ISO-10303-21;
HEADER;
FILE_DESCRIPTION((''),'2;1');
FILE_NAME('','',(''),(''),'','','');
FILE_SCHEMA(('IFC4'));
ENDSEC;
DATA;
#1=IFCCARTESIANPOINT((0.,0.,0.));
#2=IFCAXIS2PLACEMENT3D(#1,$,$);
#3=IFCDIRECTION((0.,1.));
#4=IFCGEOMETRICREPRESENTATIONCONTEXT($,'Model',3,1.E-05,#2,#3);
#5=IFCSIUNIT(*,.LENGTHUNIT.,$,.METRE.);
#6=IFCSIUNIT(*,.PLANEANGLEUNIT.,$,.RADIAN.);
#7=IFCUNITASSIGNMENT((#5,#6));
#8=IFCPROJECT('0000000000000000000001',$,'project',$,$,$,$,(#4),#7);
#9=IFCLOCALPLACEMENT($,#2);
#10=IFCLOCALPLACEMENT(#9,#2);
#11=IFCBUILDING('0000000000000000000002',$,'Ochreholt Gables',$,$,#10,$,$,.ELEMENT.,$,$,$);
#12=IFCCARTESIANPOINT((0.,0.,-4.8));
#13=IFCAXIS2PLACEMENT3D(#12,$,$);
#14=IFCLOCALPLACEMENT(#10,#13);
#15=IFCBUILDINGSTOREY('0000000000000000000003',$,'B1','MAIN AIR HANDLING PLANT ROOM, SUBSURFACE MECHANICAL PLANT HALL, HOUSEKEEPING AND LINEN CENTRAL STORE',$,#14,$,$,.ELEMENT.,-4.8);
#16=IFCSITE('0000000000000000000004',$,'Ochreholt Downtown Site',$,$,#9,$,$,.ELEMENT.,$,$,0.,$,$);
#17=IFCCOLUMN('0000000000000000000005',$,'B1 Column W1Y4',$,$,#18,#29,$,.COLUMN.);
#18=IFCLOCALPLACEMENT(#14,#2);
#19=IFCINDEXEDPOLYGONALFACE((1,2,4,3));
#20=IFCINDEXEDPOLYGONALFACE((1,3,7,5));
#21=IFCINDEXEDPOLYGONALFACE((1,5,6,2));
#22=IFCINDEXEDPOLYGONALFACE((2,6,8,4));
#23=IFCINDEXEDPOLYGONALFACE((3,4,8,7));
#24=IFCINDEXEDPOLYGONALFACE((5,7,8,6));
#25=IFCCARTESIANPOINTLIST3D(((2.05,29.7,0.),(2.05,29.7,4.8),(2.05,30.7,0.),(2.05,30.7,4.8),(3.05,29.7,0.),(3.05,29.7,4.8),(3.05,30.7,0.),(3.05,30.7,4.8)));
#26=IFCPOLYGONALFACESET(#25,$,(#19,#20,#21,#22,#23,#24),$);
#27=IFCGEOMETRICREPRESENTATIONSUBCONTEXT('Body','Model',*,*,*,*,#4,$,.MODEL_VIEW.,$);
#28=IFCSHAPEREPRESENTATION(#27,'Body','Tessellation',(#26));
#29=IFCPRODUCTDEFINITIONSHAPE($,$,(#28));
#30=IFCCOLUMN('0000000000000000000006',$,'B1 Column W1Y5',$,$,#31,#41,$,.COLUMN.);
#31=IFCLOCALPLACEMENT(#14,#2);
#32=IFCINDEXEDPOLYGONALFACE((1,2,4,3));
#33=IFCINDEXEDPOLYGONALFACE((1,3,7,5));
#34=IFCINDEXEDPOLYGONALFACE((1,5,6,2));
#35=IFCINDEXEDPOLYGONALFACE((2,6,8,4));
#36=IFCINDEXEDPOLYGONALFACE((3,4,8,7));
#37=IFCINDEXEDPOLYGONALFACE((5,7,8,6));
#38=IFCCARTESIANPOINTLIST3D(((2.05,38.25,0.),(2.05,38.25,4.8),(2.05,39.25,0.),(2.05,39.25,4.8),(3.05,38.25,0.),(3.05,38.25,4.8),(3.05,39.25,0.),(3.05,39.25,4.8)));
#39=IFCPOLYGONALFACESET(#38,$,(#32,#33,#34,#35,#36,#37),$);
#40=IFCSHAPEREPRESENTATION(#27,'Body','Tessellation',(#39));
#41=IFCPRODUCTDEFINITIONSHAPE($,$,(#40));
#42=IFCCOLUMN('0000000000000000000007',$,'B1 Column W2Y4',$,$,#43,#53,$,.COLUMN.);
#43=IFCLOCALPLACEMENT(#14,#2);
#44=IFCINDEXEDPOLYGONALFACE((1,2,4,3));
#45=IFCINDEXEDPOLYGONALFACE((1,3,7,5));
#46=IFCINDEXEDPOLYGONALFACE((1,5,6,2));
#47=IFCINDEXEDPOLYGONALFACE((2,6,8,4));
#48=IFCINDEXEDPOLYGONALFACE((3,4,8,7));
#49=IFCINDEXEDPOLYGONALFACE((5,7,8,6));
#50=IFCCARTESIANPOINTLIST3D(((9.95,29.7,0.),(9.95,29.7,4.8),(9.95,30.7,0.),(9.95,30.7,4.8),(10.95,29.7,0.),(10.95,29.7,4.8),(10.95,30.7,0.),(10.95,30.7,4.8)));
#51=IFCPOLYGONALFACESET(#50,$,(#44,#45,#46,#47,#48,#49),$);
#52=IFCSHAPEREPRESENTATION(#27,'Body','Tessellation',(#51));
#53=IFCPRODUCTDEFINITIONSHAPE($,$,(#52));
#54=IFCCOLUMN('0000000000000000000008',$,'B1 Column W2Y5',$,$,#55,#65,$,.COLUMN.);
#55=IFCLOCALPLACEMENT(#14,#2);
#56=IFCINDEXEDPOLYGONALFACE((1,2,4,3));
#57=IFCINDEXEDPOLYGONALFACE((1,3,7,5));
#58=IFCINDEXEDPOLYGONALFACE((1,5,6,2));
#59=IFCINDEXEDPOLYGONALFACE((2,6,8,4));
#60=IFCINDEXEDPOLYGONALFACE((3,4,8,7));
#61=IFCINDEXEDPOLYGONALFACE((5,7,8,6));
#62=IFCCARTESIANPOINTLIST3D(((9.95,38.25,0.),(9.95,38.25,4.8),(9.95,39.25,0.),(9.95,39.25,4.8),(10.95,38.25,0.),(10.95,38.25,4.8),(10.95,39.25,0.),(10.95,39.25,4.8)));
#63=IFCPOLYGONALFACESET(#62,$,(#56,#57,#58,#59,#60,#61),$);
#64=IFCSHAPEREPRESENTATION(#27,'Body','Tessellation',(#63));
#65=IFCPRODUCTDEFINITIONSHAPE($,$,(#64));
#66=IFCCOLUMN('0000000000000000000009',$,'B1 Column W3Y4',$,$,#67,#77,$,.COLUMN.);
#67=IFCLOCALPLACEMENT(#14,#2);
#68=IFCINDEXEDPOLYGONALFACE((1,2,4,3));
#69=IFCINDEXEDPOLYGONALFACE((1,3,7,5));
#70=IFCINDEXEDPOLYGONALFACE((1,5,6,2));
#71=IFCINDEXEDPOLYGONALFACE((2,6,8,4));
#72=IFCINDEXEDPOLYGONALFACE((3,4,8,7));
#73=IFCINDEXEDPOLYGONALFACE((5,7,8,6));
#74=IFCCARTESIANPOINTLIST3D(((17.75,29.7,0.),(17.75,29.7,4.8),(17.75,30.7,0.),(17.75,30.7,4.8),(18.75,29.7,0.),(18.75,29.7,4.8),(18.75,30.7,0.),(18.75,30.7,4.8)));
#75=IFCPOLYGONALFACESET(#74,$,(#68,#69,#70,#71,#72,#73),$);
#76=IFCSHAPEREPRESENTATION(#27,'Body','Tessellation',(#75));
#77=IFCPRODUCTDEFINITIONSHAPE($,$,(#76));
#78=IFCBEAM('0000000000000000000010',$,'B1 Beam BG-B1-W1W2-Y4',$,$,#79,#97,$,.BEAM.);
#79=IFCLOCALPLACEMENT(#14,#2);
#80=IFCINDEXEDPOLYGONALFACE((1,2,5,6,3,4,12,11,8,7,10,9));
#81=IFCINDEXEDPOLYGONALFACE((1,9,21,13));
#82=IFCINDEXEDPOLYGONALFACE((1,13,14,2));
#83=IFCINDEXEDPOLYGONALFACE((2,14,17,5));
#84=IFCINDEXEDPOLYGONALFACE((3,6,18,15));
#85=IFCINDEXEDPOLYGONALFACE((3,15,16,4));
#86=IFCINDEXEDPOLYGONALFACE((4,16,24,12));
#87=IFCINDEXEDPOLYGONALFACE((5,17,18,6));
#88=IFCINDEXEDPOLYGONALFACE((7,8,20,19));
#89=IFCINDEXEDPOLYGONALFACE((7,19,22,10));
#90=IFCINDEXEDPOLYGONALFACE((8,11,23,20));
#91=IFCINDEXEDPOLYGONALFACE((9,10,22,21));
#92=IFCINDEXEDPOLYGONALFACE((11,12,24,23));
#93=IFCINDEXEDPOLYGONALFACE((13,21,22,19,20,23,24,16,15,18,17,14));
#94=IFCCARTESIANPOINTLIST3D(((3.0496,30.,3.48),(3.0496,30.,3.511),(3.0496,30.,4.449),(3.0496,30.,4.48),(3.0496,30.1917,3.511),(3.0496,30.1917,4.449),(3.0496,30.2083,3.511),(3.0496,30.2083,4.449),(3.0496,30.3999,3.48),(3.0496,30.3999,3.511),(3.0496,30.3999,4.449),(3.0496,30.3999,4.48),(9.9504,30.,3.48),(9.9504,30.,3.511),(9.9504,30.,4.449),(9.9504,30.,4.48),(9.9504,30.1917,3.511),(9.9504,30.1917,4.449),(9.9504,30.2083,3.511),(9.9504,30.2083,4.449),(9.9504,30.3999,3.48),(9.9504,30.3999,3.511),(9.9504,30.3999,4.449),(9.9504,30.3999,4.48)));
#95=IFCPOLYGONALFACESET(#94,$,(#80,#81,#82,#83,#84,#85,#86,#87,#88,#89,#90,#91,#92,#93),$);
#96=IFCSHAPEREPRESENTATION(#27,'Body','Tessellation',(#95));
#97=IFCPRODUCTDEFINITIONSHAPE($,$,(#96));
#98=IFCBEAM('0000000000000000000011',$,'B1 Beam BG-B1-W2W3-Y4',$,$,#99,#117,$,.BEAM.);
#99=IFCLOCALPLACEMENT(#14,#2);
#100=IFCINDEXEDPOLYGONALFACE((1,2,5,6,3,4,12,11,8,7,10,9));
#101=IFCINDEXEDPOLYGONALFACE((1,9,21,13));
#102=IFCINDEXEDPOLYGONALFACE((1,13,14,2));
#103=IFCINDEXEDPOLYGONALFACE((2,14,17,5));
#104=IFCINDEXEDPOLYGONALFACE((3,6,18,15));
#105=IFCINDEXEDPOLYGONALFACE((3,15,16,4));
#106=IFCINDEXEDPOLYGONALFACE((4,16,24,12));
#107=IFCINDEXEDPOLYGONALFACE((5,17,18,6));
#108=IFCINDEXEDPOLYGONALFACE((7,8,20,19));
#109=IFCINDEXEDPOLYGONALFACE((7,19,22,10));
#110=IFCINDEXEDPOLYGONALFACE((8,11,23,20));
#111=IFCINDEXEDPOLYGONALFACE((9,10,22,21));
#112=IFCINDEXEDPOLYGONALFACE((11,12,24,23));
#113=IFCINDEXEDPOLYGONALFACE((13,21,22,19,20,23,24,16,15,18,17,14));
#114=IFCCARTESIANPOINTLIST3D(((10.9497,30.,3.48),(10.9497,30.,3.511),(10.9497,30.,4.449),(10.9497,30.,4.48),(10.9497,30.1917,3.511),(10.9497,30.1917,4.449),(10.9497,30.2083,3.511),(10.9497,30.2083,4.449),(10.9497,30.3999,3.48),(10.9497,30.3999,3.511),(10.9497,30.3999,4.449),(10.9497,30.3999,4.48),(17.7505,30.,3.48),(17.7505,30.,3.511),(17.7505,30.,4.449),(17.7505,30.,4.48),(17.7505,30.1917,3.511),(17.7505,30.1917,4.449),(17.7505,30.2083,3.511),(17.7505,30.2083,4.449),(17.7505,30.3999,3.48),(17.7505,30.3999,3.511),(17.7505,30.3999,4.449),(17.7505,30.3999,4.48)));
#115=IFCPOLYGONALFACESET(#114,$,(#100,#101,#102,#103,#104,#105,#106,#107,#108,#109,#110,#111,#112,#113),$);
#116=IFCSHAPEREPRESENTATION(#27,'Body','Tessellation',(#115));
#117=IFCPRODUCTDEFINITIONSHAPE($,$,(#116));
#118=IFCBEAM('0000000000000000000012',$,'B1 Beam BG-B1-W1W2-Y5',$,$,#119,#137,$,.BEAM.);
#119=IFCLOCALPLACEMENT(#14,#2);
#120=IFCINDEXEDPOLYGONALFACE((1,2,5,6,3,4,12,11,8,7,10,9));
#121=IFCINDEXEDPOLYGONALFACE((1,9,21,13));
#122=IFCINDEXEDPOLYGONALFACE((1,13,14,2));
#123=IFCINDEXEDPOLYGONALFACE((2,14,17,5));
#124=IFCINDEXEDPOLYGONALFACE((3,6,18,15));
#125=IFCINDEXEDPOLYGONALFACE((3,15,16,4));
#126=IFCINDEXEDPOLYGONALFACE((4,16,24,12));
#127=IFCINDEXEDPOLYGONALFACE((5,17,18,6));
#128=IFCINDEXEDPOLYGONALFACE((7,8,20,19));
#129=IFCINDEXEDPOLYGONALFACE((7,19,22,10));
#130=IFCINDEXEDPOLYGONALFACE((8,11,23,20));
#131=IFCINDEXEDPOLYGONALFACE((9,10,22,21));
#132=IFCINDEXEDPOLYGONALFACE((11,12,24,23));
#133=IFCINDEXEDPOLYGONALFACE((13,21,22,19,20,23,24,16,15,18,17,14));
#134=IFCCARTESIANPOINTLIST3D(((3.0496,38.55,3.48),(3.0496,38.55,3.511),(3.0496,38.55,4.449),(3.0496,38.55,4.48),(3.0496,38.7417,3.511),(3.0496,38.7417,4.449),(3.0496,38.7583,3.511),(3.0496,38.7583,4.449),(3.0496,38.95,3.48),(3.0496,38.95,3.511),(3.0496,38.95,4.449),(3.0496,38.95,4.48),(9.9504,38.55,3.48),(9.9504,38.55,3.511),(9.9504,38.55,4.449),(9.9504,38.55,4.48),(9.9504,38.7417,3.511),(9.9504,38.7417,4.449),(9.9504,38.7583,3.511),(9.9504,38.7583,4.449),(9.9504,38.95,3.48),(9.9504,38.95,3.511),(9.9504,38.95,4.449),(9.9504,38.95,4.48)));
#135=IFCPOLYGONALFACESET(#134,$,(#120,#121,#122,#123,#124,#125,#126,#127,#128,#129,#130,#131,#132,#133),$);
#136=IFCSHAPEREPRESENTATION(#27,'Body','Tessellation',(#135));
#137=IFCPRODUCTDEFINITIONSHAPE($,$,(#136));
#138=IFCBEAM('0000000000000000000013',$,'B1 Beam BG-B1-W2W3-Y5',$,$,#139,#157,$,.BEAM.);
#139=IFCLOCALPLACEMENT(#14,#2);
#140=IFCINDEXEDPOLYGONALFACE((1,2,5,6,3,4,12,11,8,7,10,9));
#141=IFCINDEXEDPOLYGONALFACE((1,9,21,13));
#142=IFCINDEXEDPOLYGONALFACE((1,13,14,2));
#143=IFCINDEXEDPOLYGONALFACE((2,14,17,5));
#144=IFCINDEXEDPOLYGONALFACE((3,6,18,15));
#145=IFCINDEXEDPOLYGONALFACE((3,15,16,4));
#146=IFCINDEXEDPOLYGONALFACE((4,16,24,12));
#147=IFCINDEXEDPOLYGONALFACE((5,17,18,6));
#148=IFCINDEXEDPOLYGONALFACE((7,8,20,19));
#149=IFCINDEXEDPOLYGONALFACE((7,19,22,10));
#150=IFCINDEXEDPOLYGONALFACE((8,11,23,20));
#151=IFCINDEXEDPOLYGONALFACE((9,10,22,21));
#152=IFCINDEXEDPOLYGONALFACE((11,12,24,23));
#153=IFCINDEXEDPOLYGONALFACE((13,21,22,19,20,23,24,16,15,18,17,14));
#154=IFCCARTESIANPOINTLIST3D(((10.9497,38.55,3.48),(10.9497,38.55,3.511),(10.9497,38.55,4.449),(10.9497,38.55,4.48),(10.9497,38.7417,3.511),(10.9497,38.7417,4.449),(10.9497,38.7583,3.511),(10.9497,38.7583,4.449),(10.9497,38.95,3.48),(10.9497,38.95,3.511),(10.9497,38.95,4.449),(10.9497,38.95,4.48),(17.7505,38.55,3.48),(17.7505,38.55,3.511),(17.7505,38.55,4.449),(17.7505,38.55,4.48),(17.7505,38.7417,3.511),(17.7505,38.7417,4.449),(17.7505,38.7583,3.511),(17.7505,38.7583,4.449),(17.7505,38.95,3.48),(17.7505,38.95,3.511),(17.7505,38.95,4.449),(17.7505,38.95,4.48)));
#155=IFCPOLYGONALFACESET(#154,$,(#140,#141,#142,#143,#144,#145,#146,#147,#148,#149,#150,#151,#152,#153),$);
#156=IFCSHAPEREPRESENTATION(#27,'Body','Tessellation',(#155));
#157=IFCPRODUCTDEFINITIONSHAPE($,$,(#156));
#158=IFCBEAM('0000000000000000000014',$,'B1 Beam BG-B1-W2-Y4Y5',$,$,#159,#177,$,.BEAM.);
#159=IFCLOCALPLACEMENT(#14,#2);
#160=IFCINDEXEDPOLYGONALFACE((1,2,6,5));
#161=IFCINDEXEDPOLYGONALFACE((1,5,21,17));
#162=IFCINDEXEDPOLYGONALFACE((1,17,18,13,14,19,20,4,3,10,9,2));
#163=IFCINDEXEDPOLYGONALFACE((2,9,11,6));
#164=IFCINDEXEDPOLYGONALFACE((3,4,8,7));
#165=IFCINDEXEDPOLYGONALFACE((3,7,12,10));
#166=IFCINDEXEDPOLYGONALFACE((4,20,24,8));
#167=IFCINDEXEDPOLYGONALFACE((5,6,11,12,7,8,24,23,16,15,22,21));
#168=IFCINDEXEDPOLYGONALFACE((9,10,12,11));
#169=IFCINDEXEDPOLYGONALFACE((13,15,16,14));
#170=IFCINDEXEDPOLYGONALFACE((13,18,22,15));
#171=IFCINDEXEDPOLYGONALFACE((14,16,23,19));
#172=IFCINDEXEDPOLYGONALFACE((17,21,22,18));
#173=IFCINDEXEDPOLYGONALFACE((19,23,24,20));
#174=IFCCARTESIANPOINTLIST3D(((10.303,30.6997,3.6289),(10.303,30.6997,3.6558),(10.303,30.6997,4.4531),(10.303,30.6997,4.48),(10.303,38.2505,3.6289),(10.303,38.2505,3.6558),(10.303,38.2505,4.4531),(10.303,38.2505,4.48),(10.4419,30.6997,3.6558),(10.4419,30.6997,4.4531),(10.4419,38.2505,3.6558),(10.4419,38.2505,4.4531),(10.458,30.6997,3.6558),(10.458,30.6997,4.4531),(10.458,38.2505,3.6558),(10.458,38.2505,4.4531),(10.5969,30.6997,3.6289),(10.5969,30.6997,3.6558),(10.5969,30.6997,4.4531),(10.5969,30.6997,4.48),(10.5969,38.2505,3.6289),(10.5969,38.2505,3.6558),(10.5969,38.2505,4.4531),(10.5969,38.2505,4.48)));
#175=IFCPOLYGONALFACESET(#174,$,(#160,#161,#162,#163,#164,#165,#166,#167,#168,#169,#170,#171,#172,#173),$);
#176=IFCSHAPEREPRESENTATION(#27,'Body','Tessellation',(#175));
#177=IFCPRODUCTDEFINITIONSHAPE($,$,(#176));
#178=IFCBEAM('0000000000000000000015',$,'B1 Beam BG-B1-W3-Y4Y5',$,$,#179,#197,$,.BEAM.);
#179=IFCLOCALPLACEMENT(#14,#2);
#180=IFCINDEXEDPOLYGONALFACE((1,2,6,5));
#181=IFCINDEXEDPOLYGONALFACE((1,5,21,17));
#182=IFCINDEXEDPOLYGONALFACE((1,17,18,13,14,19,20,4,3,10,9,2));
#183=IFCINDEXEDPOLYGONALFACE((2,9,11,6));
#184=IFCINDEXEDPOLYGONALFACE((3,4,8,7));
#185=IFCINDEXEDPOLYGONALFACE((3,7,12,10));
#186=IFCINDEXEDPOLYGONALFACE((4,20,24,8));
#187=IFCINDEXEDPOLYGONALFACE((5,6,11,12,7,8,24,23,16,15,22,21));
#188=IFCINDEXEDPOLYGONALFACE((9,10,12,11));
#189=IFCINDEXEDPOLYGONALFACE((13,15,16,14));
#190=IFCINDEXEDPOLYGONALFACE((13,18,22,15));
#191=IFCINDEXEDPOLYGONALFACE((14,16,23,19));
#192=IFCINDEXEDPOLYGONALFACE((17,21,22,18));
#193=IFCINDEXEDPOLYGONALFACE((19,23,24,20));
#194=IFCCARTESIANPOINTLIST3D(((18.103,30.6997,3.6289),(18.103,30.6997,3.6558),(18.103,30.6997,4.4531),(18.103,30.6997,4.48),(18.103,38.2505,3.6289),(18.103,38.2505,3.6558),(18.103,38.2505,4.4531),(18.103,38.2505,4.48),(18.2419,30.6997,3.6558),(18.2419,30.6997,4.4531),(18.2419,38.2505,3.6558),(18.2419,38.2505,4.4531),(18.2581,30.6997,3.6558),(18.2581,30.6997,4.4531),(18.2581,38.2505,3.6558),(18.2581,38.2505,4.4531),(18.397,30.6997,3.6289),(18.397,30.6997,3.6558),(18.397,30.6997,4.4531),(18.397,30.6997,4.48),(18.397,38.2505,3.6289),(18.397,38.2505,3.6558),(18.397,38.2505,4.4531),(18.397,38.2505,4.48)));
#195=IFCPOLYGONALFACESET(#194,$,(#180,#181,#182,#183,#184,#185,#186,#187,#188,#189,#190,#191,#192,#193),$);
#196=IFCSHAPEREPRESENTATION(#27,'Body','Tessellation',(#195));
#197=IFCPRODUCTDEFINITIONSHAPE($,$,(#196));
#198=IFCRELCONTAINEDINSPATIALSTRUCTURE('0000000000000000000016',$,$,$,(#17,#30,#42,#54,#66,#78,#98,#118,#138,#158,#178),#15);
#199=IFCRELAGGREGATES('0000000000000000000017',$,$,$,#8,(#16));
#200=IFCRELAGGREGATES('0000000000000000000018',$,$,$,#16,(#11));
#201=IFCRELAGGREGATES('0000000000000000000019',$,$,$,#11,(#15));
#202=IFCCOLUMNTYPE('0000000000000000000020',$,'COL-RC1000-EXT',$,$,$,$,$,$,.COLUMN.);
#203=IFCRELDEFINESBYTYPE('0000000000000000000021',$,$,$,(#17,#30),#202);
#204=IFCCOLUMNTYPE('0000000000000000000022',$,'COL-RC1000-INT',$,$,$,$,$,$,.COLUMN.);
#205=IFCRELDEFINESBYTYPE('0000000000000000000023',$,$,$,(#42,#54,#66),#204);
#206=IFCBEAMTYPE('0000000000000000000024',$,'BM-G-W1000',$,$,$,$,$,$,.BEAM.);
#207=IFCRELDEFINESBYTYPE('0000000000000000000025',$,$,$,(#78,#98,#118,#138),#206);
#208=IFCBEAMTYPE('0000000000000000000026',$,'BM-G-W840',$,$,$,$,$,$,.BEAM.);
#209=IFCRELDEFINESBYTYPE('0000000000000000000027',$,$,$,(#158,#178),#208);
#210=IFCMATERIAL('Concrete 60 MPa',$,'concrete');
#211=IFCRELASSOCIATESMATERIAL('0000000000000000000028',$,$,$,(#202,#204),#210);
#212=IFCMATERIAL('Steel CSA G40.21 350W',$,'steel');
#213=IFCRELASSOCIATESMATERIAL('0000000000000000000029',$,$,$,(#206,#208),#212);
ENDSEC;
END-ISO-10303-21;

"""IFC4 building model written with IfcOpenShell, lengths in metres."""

from ifc_helpers import new_model, si_unit, direction, frame, origin, origin_2d, place, context, subcontext, project, spatial, rectangle, i_section, extrude, material, material_profile, profile_set, type_object, element, save


model = new_model("IFC4")

# Units and contexts
model_context = context("Model", 3, precision=1e-05, world=origin(), true_north=direction((0.0, 1.0)))
body_context = subcontext(model_context, "Body", "Model", "MODEL_VIEW")
ifc_project = project(units=[si_unit("LENGTHUNIT", "METRE"), si_unit("PLANEANGLEUNIT", "RADIAN")], contexts=[model_context])

# Site, building, storey
site_placement = place(None, origin())
site = spatial("IfcSite", under=ifc_project, at=site_placement, Name="Ochreholt Downtown Site", CompositionType="ELEMENT", RefElevation=0.0)
building_placement = place(site_placement, origin())
building = spatial("IfcBuilding", under=site, at=building_placement, Name="Ochreholt Gables", CompositionType="ELEMENT")
storey_placement = place(building_placement, frame((0.0, 0.0, -4.8)))
storey = spatial("IfcBuildingStorey", under=building, at=storey_placement, Name="B1", Description="MAIN AIR HANDLING PLANT ROOM, SUBSURFACE MECHANICAL PLANT HALL, HOUSEKEEPING AND LINEN CENTRAL STORE", CompositionType="ELEMENT", Elevation=-4.8)

# Columns
ifc_material_1 = material(Name="Concrete 60 MPa", Category="concrete")
ifc_material_profile_1 = material_profile(ifc_material_1, rectangle(XDim=1.0, YDim=1.0, at=origin_2d()), Name="RC1000X1000")
ifc_profile_set_1 = profile_set([ifc_material_profile_1], Name="Concrete 60 MPa")
column_type_1 = type_object("IfcColumnType", Name="COL-RC1000-EXT", PredefinedType="COLUMN", material=ifc_profile_set_1)
for number, where, z_axis, x_axis, name in (
    (1, (2.55, 30.2, 0.0), (0.0, 0.0, 1.0), (1.0, 0.0, 0.0), "B1 Column W1Y4"),
    (2, (2.55, 38.75, 0.0), (0.0, 0.0, 1.0), (1.0, 0.0, 0.0), "B1 Column W1Y5"),
):
    element("IfcColumn", number, at=place(storey_placement, frame(where, z_axis=z_axis, x_axis=x_axis)), inside=storey, type_object=column_type_1, Name=name, PredefinedType="COLUMN", context=body_context, shape_type="SweptSolid", body=[
        extrude(rectangle(XDim=1.0, YDim=1.0, at=origin_2d()), origin(), (0.0, 0.0, 1.0), 4.8),
    ])
ifc_material_profile_2 = material_profile(ifc_material_1, rectangle(XDim=1.0, YDim=1.0, at=origin_2d()), Name="RC1000X1000")
ifc_profile_set_2 = profile_set([ifc_material_profile_2], Name="Concrete 60 MPa")
column_type_2 = type_object("IfcColumnType", Name="COL-RC1000-INT", PredefinedType="COLUMN", material=ifc_profile_set_2)
for number, where, z_axis, x_axis, name in (
    (3, (10.45, 30.2, 0.0), (0.0, 0.0, 1.0), (1.0, 0.0, 0.0), "B1 Column W2Y4"),
    (4, (10.45, 38.75, 0.0), (0.0, 0.0, 1.0), (1.0, 0.0, 0.0), "B1 Column W2Y5"),
    (5, (18.25, 30.2, 0.0), (0.0, 0.0, 1.0), (1.0, 0.0, 0.0), "B1 Column W3Y4"),
):
    element("IfcColumn", number, at=place(storey_placement, frame(where, z_axis=z_axis, x_axis=x_axis)), inside=storey, type_object=column_type_2, Name=name, PredefinedType="COLUMN", context=body_context, shape_type="SweptSolid", body=[
        extrude(rectangle(XDim=1.0, YDim=1.0, at=origin_2d()), origin(), (0.0, 0.0, 1.0), 4.8),
    ])

# Beams
ifc_material_2 = material(Name="Steel CSA G40.21 350W", Category="steel")
ifc_material_profile_3 = material_profile(ifc_material_2, i_section(OverallWidth=0.3999, OverallDepth=1.0, WebThickness=0.0166, FlangeThickness=0.031, at=origin_2d()), Name="W1000X321")
ifc_profile_set_3 = profile_set([ifc_material_profile_3], Name="Steel CSA G40.21 350W")
beam_type_1 = type_object("IfcBeamType", Name="BM-G-W1000", PredefinedType="BEAM", material=ifc_profile_set_3)
beam_1_placement = place(storey_placement, frame((3.0496, 30.2, 3.98), z_axis=(1.0, 0.0, 0.0), x_axis=(0.0, 1.0, 0.0)))
element("IfcBeam", 6, at=beam_1_placement, inside=storey, type_object=beam_type_1, Name="B1 Beam BG-B1-W1W2-Y4", PredefinedType="BEAM", context=body_context, shape_type="SweptSolid", body=[
    extrude(i_section(OverallWidth=0.3999, OverallDepth=1.0, WebThickness=0.0166, FlangeThickness=0.031, at=origin_2d()), origin(), (0.0, 0.0, 1.0), 6.9009),
])
beam_2_placement = place(storey_placement, frame((10.9497, 30.2, 3.98), z_axis=(1.0, 0.0, 0.0), x_axis=(0.0, 1.0, 0.0)))
element("IfcBeam", 7, at=beam_2_placement, inside=storey, type_object=beam_type_1, Name="B1 Beam BG-B1-W2W3-Y4", PredefinedType="BEAM", context=body_context, shape_type="SweptSolid", body=[
    extrude(i_section(OverallWidth=0.3999, OverallDepth=1.0, WebThickness=0.0166, FlangeThickness=0.031, at=origin_2d()), origin(), (0.0, 0.0, 1.0), 6.8008),
])
beam_3_placement = place(storey_placement, frame((3.0496, 38.75, 3.98), z_axis=(1.0, 0.0, 0.0), x_axis=(0.0, 1.0, 0.0)))
element("IfcBeam", 8, at=beam_3_placement, inside=storey, type_object=beam_type_1, Name="B1 Beam BG-B1-W1W2-Y5", PredefinedType="BEAM", context=body_context, shape_type="SweptSolid", body=[
    extrude(i_section(OverallWidth=0.3999, OverallDepth=1.0, WebThickness=0.0166, FlangeThickness=0.031, at=origin_2d()), origin(), (0.0, 0.0, 1.0), 6.9009),
])
beam_4_placement = place(storey_placement, frame((10.9497, 38.75, 3.98), z_axis=(1.0, 0.0, 0.0), x_axis=(0.0, 1.0, 0.0)))
element("IfcBeam", 9, at=beam_4_placement, inside=storey, type_object=beam_type_1, Name="B1 Beam BG-B1-W2W3-Y5", PredefinedType="BEAM", context=body_context, shape_type="SweptSolid", body=[
    extrude(i_section(OverallWidth=0.3999, OverallDepth=1.0, WebThickness=0.0166, FlangeThickness=0.031, at=origin_2d()), origin(), (0.0, 0.0, 1.0), 6.8008),
])
ifc_material_profile_4 = material_profile(ifc_material_2, i_section(OverallWidth=0.2939, OverallDepth=0.8511, WebThickness=0.0161, FlangeThickness=0.0269, at=origin_2d()), Name="W840X226")
ifc_profile_set_4 = profile_set([ifc_material_profile_4], Name="Steel CSA G40.21 350W")
beam_type_2 = type_object("IfcBeamType", Name="BM-G-W840", PredefinedType="BEAM", material=ifc_profile_set_4)
for number, where, z_axis, x_axis, name in (
    (10, (10.45, 30.6997, 4.0544), (0.0, 1.0, 0.0), (-1.0, 0.0, 0.0), "B1 Beam BG-B1-W2-Y4Y5"),
    (11, (18.25, 30.6997, 4.0544), (0.0, 1.0, 0.0), (-1.0, 0.0, 0.0), "B1 Beam BG-B1-W3-Y4Y5"),
):
    element("IfcBeam", number, at=place(storey_placement, frame(where, z_axis=z_axis, x_axis=x_axis)), inside=storey, type_object=beam_type_2, Name=name, PredefinedType="BEAM", context=body_context, shape_type="SweptSolid", body=[
        extrude(i_section(OverallWidth=0.2939, OverallDepth=0.8511, WebThickness=0.0161, FlangeThickness=0.0269, at=origin_2d()), origin(), (0.0, 0.0, 1.0), 7.5508),
    ])

save(model, "model.ifc")
